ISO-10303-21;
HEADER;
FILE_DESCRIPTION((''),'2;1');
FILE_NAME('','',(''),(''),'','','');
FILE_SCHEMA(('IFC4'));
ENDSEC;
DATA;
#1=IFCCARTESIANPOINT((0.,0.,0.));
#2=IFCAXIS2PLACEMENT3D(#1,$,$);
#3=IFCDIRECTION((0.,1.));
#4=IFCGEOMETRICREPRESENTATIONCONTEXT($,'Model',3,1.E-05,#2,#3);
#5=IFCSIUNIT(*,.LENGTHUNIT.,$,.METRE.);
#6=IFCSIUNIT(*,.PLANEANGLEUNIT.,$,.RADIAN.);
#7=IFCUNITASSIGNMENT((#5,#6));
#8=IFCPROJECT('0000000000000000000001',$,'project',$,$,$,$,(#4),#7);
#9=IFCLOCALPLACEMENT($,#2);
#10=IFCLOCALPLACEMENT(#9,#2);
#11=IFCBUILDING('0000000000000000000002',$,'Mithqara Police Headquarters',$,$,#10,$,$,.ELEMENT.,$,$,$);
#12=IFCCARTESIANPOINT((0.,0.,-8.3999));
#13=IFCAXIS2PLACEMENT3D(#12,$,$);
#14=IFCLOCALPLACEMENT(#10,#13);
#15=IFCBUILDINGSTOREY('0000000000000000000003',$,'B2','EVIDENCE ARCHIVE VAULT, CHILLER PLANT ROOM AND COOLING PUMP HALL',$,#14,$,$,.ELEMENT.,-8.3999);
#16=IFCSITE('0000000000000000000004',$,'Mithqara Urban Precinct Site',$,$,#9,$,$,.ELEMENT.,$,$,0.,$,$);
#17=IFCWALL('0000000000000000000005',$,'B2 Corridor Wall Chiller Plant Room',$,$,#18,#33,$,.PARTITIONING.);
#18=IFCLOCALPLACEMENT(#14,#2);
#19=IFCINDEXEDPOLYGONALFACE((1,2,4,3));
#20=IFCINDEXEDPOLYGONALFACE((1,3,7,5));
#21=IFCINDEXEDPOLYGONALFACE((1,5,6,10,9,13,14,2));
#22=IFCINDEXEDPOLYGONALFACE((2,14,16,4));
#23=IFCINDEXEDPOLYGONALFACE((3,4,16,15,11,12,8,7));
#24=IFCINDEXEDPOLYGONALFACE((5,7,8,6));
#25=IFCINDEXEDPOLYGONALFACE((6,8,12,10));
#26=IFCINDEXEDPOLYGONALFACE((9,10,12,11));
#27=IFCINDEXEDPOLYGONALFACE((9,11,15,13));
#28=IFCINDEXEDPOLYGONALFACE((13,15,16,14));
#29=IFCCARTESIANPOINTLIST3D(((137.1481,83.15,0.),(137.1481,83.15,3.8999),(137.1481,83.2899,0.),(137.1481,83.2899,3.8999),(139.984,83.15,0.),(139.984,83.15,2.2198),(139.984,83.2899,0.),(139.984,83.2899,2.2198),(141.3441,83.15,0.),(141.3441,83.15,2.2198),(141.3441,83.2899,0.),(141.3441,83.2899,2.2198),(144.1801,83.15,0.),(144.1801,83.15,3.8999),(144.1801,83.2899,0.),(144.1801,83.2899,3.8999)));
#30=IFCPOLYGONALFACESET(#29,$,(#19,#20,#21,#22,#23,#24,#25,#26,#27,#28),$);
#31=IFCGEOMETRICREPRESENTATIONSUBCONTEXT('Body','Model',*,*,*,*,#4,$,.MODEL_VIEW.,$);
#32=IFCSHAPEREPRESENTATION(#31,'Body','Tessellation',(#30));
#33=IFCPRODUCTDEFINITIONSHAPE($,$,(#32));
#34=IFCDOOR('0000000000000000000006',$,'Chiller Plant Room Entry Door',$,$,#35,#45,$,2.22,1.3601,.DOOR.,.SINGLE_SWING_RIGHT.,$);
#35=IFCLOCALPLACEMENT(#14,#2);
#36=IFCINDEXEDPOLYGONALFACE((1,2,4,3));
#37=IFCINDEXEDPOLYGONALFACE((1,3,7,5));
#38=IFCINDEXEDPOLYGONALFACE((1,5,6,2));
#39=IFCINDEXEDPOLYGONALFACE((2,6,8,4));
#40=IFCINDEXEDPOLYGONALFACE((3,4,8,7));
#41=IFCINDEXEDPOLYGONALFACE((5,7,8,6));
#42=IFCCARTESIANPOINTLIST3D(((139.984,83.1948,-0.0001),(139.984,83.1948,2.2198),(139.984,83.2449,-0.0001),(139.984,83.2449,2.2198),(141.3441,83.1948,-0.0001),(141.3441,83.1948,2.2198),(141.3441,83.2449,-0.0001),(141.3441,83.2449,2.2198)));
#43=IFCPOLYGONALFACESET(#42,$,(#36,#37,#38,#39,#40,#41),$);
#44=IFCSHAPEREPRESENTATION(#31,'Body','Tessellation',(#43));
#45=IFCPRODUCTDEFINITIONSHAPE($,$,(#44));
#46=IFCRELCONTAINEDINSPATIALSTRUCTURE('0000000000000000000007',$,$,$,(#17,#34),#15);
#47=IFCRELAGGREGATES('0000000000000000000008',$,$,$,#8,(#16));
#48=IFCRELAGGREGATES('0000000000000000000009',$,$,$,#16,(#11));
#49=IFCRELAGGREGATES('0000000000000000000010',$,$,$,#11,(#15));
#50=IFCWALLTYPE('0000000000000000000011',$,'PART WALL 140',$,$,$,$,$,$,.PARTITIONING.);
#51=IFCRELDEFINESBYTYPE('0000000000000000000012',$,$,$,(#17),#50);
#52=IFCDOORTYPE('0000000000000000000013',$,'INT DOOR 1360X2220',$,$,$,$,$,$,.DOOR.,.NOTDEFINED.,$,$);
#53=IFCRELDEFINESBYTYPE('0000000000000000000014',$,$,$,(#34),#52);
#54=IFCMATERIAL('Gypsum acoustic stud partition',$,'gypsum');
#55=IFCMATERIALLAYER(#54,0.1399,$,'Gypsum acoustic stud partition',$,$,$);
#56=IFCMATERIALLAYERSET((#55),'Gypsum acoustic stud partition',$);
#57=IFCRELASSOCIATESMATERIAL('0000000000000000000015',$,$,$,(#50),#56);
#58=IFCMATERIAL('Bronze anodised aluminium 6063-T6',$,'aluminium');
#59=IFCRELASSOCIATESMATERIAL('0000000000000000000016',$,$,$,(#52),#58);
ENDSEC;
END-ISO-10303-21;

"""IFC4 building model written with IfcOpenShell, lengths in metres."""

from ifc_helpers import new_model, si_unit, direction, frame, frame_2d, origin, place, context, subcontext, project, spatial, rectangle, extrude, material, layer, layer_set, type_object, element, fill, save


model = new_model("IFC4")

# Units and contexts
model_context = context("Model", 3, precision=1e-05, world=origin(), true_north=direction((0.0, 1.0)))
body_context = subcontext(model_context, "Body", "Model", "MODEL_VIEW")
ifc_project = project(units=[si_unit("LENGTHUNIT", "METRE"), si_unit("PLANEANGLEUNIT", "RADIAN")], contexts=[model_context])

# Site, building, storey
site_placement = place(None, origin())
site = spatial("IfcSite", under=ifc_project, at=site_placement, Name="Mithqara Urban Precinct Site", CompositionType="ELEMENT", RefElevation=0.0)
building_placement = place(site_placement, origin())
building = spatial("IfcBuilding", under=site, at=building_placement, Name="Mithqara Police Headquarters", CompositionType="ELEMENT")
storey_placement = place(building_placement, frame((0.0, 0.0, -8.3999)))
storey = spatial("IfcBuildingStorey", under=building, at=storey_placement, Name="B2", Description="EVIDENCE ARCHIVE VAULT, CHILLER PLANT ROOM AND COOLING PUMP HALL", CompositionType="ELEMENT", Elevation=-8.3999)

# Shared definitions
ifc_material_1 = material(Name="Gypsum acoustic stud partition", Category="gypsum")
ifc_layer = layer(ifc_material_1, 0.1399, Name="Gypsum acoustic stud partition")
ifc_layer_set = layer_set([ifc_layer], Name="Gypsum acoustic stud partition")
wall_type = type_object("IfcWallType", Name="PART WALL 140", PredefinedType="PARTITIONING", material=ifc_layer_set)

# Wall, opening, door
wall_1_placement = place(storey_placement, frame((137.1479, 83.22, 0.0), z_axis=(0.0, 0.0, 1.0), x_axis=(1.0, 0.0, 0.0)))
wall_1 = element("IfcWall", 1, at=wall_1_placement, inside=storey, type_object=wall_type, Name="B2 Corridor Wall Chiller Plant Room", PredefinedType="PARTITIONING", context=body_context, shape_type="SweptSolid", body=[
    extrude(rectangle(XDim=7.032, YDim=0.1399, at=frame_2d((3.5161, 0.0))), origin(), (0.0, 0.0, 1.0), 3.8999),
])
opening_placement = place(wall_1_placement, frame((2.8359, 0.0, 0.0)))
opening = element("IfcOpeningElement", 2, at=opening_placement, cuts=wall_1, PredefinedType="OPENING", context=body_context, shape_type="SweptSolid", body=[
    extrude(rectangle(XDim=1.3601, YDim=2.22, at=frame_2d((0.6802, 1.1099))), frame((0.0, 0.0801, 0.0), z_axis=(0.0, -1.0, 0.0), x_axis=(1.0, 0.0, 0.0)), (0.0, 0.0, 1.0), 0.1599),
])
ifc_material_2 = material(Name="Bronze anodised aluminium 6063-T6", Category="aluminium")
door_type = type_object("IfcDoorType", Name="INT DOOR 1360X2220", OperationType="NOTDEFINED", PredefinedType="DOOR", material=ifc_material_2)
door_placement = place(opening_placement, origin())
door = element("IfcDoor", 3, at=door_placement, inside=storey, type_object=door_type, Name="Chiller Plant Room Entry Door", OperationType="SINGLE_SWING_RIGHT", OverallHeight=2.22, OverallWidth=1.3601, PredefinedType="DOOR", context=body_context, shape_type="SweptSolid", body=[
    extrude(rectangle(XDim=1.3601, YDim=2.22, at=frame_2d((0.6802, 1.1099))), frame((0.0, 0.0249, 0.0), z_axis=(0.0, -1.0, 0.0), x_axis=(1.0, 0.0, 0.0)), (0.0, 0.0, 1.0), 0.05),
])
fill(opening, door)

save(model, "model.ifc")
